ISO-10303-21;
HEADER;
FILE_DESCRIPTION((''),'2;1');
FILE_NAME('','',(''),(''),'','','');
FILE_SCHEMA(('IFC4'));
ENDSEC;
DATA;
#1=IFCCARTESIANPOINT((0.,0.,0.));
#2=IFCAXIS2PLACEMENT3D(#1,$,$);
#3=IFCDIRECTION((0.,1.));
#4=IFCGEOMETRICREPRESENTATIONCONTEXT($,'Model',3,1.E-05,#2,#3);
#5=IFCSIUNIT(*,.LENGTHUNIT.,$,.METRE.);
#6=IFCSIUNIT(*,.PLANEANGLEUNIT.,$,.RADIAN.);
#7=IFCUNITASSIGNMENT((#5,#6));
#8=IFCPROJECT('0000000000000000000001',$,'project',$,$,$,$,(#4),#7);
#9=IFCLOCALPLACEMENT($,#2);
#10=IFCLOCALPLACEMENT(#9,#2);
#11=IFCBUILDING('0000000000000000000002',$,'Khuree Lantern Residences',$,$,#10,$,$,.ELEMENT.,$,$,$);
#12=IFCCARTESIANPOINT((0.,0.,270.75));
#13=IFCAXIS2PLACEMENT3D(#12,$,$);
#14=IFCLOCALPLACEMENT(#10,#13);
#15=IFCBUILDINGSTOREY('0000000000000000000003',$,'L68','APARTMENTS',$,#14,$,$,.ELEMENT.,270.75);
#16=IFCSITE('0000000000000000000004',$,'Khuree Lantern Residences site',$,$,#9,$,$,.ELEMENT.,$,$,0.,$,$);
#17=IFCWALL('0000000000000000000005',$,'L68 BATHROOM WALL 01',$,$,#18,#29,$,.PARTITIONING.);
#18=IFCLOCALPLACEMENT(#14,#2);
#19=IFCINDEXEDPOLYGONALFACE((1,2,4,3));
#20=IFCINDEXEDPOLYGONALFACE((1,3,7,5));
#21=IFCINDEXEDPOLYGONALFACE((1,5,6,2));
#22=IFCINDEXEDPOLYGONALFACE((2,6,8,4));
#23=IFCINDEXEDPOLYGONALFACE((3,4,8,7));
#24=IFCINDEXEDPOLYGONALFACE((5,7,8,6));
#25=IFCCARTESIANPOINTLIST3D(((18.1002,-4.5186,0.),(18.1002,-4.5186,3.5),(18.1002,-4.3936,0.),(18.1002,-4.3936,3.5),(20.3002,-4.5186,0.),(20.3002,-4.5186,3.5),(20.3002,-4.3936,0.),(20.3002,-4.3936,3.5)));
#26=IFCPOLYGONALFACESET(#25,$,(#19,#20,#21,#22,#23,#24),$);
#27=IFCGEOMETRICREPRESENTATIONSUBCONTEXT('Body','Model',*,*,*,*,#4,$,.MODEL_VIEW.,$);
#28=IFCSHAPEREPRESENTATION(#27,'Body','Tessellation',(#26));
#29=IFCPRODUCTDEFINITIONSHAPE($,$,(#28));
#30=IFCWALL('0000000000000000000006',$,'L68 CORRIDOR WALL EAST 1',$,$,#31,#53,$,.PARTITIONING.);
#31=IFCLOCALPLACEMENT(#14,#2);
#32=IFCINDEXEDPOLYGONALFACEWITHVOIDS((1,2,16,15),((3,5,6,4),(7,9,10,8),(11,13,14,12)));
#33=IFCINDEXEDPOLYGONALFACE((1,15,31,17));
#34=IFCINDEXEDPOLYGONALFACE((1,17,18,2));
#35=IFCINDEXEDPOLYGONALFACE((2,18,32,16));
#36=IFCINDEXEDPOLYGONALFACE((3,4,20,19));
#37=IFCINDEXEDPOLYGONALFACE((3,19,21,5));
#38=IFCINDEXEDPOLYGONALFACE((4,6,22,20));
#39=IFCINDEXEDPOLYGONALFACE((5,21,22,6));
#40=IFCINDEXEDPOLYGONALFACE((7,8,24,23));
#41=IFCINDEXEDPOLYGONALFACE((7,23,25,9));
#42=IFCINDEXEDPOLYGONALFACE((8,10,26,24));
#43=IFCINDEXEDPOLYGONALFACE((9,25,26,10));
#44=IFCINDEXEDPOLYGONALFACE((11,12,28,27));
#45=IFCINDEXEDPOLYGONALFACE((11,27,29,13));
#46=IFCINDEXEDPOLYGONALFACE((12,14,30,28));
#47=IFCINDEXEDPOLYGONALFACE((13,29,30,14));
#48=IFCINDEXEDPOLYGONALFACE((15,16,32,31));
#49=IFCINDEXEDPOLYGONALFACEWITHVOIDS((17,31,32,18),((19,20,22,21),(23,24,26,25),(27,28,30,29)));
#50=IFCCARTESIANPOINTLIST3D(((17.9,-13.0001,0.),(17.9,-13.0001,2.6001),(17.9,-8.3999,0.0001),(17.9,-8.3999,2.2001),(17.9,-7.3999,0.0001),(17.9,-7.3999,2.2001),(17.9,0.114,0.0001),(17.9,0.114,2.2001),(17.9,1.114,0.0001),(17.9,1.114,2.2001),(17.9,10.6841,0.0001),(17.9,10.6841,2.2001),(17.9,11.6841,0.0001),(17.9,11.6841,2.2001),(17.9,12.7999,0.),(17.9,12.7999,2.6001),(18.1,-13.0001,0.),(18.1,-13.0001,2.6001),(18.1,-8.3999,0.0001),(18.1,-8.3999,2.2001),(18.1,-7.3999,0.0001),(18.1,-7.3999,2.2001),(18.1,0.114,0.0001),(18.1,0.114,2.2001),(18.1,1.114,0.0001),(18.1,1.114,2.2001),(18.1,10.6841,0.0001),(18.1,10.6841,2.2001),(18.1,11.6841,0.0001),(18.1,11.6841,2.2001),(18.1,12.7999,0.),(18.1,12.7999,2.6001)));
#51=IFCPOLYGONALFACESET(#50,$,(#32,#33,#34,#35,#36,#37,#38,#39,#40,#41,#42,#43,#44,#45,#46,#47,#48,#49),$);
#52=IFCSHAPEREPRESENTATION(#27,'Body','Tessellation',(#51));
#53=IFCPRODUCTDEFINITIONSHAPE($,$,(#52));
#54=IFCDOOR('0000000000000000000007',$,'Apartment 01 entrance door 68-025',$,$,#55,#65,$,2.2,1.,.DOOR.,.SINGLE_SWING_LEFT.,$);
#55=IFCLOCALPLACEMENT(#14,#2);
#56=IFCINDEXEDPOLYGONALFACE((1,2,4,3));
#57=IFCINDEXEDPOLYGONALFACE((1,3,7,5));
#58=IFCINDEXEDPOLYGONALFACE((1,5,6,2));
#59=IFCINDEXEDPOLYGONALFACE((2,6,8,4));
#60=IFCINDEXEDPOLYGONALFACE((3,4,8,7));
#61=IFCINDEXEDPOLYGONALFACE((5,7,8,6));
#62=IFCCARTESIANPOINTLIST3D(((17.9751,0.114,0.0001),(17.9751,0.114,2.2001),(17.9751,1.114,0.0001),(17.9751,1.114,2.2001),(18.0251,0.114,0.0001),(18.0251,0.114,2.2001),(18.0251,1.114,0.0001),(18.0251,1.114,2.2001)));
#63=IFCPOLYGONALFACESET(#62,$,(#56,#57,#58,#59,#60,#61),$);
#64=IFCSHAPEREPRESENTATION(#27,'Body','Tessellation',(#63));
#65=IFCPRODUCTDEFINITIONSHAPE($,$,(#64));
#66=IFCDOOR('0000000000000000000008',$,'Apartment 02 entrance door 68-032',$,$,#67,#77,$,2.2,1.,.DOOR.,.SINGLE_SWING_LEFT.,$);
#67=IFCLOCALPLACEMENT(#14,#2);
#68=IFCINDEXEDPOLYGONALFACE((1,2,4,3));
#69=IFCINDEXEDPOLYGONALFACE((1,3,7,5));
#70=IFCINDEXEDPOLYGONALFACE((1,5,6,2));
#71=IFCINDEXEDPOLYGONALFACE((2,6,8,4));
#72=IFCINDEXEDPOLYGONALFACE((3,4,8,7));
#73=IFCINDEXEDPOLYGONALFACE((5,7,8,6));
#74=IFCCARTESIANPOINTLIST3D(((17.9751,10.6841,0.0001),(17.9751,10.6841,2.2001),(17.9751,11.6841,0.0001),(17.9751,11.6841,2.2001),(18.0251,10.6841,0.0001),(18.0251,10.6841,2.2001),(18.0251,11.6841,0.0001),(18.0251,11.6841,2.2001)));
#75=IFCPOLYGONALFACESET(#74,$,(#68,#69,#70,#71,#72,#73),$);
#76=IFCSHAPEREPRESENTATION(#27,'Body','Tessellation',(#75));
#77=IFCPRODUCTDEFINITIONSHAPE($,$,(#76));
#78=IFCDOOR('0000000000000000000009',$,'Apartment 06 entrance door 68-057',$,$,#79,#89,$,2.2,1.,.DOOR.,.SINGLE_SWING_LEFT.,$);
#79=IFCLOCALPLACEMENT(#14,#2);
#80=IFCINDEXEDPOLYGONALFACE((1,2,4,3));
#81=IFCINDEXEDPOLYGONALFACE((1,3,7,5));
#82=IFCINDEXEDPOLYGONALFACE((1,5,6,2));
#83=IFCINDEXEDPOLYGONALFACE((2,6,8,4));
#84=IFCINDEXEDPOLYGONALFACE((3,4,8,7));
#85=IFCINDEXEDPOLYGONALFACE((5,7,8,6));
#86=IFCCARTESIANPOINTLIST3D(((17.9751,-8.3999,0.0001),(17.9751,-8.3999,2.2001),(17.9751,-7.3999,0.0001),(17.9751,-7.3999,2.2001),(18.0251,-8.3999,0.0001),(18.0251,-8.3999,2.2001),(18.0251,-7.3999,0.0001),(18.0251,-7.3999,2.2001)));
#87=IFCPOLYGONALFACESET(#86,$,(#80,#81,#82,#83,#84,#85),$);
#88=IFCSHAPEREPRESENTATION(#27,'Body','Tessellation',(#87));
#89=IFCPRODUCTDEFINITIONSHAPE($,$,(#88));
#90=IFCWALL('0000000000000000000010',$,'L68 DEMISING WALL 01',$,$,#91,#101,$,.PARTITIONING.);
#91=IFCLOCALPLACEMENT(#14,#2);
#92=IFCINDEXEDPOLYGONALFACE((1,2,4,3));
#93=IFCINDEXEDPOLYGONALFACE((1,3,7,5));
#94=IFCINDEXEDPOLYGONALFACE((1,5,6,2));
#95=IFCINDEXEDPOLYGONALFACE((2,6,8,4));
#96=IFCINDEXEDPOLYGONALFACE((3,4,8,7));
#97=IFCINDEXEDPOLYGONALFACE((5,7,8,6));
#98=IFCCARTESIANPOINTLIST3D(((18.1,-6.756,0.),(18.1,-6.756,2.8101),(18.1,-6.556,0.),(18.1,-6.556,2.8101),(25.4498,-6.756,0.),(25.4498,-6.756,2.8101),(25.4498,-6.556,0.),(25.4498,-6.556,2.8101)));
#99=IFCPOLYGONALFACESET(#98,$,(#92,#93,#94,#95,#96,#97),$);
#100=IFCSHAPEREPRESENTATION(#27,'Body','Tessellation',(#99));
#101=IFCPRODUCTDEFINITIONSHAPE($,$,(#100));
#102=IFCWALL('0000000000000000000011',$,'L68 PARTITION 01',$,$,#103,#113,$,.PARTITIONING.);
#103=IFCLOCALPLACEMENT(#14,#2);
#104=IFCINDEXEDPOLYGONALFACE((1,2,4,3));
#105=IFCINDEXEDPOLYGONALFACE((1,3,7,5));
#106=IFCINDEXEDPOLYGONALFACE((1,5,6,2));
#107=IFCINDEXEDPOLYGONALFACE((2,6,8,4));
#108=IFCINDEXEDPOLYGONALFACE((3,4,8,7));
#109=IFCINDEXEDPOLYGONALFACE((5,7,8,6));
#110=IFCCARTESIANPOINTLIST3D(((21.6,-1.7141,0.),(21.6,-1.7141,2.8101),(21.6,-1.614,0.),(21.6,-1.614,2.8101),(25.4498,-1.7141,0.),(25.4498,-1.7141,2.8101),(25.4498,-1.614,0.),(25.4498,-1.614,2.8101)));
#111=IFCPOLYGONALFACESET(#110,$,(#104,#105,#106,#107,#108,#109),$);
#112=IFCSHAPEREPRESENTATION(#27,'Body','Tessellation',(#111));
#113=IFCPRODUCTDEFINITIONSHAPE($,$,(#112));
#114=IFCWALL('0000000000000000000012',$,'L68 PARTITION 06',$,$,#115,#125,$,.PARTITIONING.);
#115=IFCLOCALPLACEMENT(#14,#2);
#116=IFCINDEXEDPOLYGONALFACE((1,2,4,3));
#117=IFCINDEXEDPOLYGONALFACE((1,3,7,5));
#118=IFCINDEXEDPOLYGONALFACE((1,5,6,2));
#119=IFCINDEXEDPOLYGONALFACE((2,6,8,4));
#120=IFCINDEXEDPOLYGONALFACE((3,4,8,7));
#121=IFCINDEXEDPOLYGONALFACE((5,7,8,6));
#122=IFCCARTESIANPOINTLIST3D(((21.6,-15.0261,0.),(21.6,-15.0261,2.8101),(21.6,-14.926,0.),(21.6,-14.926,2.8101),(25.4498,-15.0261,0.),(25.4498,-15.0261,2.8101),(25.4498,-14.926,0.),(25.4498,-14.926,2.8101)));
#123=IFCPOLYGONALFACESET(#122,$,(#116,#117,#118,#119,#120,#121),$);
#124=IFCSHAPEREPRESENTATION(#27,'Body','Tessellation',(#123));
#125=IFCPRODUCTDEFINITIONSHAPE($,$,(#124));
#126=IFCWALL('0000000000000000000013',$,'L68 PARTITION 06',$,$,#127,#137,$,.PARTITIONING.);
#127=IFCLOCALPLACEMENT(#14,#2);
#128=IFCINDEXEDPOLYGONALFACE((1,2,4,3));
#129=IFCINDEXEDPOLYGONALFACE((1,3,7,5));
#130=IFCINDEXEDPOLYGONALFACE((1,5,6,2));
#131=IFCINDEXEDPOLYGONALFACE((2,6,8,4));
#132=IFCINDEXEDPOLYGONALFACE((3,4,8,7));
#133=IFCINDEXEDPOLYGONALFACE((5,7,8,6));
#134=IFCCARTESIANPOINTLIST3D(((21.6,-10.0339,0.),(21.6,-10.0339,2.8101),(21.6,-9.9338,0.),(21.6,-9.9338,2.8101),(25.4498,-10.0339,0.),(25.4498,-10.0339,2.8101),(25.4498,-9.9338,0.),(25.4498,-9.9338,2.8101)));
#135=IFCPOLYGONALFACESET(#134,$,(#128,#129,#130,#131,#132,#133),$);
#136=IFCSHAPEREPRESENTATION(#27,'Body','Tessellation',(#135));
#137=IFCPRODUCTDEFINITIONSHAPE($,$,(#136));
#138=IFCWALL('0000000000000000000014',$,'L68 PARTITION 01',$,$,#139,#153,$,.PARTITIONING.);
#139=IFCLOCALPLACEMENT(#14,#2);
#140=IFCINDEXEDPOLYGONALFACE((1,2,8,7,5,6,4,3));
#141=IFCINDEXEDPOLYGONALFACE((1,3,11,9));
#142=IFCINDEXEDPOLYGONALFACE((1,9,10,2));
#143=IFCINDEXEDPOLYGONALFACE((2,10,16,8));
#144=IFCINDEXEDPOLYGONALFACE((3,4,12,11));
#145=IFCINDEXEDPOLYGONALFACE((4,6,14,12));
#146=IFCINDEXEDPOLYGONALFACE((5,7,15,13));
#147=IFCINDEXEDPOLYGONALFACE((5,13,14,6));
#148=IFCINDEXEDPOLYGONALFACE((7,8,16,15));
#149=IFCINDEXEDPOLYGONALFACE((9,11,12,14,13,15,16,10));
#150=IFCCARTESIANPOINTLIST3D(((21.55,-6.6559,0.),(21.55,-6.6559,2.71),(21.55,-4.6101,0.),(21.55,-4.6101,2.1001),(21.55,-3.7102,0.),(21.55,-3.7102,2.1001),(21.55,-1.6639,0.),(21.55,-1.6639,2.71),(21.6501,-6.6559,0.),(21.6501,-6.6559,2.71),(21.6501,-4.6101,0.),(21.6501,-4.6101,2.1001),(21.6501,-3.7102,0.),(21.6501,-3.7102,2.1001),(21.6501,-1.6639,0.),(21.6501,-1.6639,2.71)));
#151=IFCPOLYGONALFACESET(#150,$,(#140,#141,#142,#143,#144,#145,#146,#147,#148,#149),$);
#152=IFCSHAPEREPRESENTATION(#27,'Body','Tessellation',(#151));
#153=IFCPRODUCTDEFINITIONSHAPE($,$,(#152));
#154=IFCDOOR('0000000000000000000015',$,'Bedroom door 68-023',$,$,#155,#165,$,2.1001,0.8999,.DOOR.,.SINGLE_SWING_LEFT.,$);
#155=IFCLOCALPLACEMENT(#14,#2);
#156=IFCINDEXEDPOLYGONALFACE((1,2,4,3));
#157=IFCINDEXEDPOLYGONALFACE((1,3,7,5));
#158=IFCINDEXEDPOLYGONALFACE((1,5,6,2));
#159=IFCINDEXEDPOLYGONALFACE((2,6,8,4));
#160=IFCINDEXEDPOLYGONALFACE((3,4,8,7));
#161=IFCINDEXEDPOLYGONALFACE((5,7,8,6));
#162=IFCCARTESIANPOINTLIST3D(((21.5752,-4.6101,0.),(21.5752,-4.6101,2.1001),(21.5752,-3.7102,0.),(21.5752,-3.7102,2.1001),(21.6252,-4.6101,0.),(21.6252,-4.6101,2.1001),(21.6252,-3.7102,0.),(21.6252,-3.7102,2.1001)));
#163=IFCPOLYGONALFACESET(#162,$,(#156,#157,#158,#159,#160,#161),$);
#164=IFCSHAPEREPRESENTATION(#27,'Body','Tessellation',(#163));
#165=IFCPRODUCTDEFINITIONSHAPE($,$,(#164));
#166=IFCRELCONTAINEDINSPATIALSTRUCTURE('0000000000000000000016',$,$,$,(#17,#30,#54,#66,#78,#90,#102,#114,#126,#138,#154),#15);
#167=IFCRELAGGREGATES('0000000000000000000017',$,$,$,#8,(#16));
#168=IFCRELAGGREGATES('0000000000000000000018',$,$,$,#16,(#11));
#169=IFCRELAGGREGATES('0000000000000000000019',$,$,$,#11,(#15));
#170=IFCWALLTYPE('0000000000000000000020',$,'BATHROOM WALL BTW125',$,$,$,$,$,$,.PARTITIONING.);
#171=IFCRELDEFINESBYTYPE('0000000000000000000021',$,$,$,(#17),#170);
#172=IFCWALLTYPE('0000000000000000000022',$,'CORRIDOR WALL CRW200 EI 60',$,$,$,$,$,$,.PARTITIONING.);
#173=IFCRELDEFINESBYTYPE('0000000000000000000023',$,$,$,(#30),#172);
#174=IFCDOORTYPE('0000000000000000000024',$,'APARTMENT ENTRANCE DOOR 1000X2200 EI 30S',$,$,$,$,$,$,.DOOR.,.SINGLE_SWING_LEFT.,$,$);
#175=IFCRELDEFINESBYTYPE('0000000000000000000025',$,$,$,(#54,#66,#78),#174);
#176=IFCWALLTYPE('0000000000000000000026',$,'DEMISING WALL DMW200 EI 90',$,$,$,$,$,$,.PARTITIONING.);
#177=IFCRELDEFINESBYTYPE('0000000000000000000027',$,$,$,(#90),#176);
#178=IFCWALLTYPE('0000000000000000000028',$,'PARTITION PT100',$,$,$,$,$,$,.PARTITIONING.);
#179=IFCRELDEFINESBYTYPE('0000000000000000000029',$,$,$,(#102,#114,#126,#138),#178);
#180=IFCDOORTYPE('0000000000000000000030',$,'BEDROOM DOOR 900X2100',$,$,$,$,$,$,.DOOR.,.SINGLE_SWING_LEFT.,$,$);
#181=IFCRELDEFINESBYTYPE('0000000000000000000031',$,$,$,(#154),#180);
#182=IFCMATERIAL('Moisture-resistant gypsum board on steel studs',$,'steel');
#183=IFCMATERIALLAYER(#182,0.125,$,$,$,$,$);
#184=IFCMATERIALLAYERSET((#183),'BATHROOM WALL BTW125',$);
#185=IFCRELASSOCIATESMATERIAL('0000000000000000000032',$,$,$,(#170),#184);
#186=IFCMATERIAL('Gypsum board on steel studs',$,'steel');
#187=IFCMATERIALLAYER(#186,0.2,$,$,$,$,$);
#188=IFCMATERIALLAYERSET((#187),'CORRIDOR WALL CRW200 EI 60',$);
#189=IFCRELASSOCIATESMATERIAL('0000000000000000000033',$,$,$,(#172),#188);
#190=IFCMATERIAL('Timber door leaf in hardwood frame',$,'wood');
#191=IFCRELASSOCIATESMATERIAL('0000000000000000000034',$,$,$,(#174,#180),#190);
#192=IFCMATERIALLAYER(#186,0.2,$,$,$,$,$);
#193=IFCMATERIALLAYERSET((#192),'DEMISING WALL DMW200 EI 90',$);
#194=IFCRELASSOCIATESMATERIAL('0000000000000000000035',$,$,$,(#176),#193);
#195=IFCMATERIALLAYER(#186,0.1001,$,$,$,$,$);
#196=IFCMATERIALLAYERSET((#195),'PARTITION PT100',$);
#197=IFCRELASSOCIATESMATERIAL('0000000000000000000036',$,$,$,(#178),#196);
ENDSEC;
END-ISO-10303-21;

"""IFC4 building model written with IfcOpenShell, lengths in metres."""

from ifc_helpers import new_model, si_unit, direction, frame, frame_2d, origin, place, context, subcontext, project, spatial, rectangle, extrude, material, layer, layer_set, type_object, element, fill, save


model = new_model("IFC4")

# Units and contexts
model_context = context("Model", 3, precision=1e-05, world=origin(), true_north=direction((0.0, 1.0)))
body_context = subcontext(model_context, "Body", "Model", "MODEL_VIEW")
ifc_project = project(units=[si_unit("LENGTHUNIT", "METRE"), si_unit("PLANEANGLEUNIT", "RADIAN")], contexts=[model_context])

# Site, building, storey
site_placement = place(None, origin())
site = spatial("IfcSite", under=ifc_project, at=site_placement, Name="Khuree Lantern Residences site", CompositionType="ELEMENT", RefElevation=0.0)
building_placement = place(site_placement, origin())
building = spatial("IfcBuilding", under=site, at=building_placement, Name="Khuree Lantern Residences", CompositionType="ELEMENT")
storey_placement = place(building_placement, frame((0.0, 0.0, 270.75)))
storey = spatial("IfcBuildingStorey", under=building, at=storey_placement, Name="L68", Description="APARTMENTS", CompositionType="ELEMENT", Elevation=270.75)

# Shared definitions
ifc_material_1 = material(Name="Moisture-resistant gypsum board on steel studs", Category="steel")
ifc_layer_1 = layer(ifc_material_1, 0.125)
ifc_layer_set_1 = layer_set([ifc_layer_1], Name="BATHROOM WALL BTW125")
wall_type_1 = type_object("IfcWallType", Name="BATHROOM WALL BTW125", PredefinedType="PARTITIONING", material=ifc_layer_set_1)
ifc_material_2 = material(Name="Timber door leaf in hardwood frame", Category="wood")

# Wall
wall_1_placement = place(storey_placement, frame((18.1001, -4.4561, 0.0), z_axis=(0.0, 0.0, 1.0), x_axis=(1.0, 0.0, 0.0)))
element("IfcWall", 1, at=wall_1_placement, inside=storey, type_object=wall_type_1, Name="L68 BATHROOM WALL 01", PredefinedType="PARTITIONING", context=body_context, shape_type="SweptSolid", body=[
    extrude(rectangle(XDim=2.2, YDim=0.125, at=frame_2d((1.1001, 0.0))), origin(), (0.0, 0.0, 1.0), 3.5),
])

# Wall, openings, doors
ifc_material_3 = material(Name="Gypsum board on steel studs", Category="steel")
ifc_layer_2 = layer(ifc_material_3, 0.2)
ifc_layer_set_2 = layer_set([ifc_layer_2], Name="CORRIDOR WALL CRW200 EI 60")
wall_type_2 = type_object("IfcWallType", Name="CORRIDOR WALL CRW200 EI 60", PredefinedType="PARTITIONING", material=ifc_layer_set_2)
wall_2_placement = place(storey_placement, frame((18.0, -13.0, 0.0), z_axis=(0.0, 0.0, 1.0), x_axis=(0.0, 1.0, 0.0)))
wall_2 = element("IfcWall", 2, at=wall_2_placement, inside=storey, type_object=wall_type_2, Name="L68 CORRIDOR WALL EAST 1", PredefinedType="PARTITIONING", context=body_context, shape_type="SweptSolid", body=[
    extrude(rectangle(XDim=25.8, YDim=0.2, at=frame_2d((12.8999, 0.0))), origin(), (0.0, 0.0, 1.0), 2.6001),
])
opening_1_placement = place(wall_2_placement, frame((13.114, 0.0, 0.0)))
opening_1 = element("IfcOpeningElement", 3, at=opening_1_placement, cuts=wall_2, PredefinedType="OPENING", context=body_context, shape_type="SweptSolid", body=[
    extrude(rectangle(XDim=1.0, YDim=2.2, at=frame_2d((0.5, 1.1001))), frame((0.0, 0.1099, 0.0), z_axis=(0.0, -1.0, 0.0), x_axis=(1.0, 0.0, 0.0)), (0.0, 0.0, 1.0), 0.22),
])
opening_2_placement = place(wall_2_placement, frame((23.6841, 0.0, 0.0)))
opening_2 = element("IfcOpeningElement", 4, at=opening_2_placement, cuts=wall_2, PredefinedType="OPENING", context=body_context, shape_type="SweptSolid", body=[
    extrude(rectangle(XDim=1.0, YDim=2.2, at=frame_2d((0.5, 1.1001))), frame((0.0, 0.1099, 0.0), z_axis=(0.0, -1.0, 0.0), x_axis=(1.0, 0.0, 0.0)), (0.0, 0.0, 1.0), 0.22),
])
opening_3_placement = place(wall_2_placement, frame((4.6001, 0.0, 0.0)))
opening_3 = element("IfcOpeningElement", 5, at=opening_3_placement, cuts=wall_2, PredefinedType="OPENING", context=body_context, shape_type="SweptSolid", body=[
    extrude(rectangle(XDim=1.0, YDim=2.2, at=frame_2d((0.5, 1.1001))), frame((0.0, 0.1099, 0.0), z_axis=(0.0, -1.0, 0.0), x_axis=(1.0, 0.0, 0.0)), (0.0, 0.0, 1.0), 0.22),
])
door_type_1 = type_object("IfcDoorType", Name="APARTMENT ENTRANCE DOOR 1000X2200 EI 30S", OperationType="SINGLE_SWING_LEFT", PredefinedType="DOOR", material=ifc_material_2)
door_1_placement = place(opening_1_placement, origin())
door_1 = element("IfcDoor", 6, at=door_1_placement, inside=storey, type_object=door_type_1, Name="Apartment 01 entrance door 68-025", OperationType="SINGLE_SWING_LEFT", OverallHeight=2.2, OverallWidth=1.0, PredefinedType="DOOR", context=body_context, shape_type="SweptSolid", body=[
    extrude(rectangle(XDim=1.0, YDim=2.2, at=frame_2d((0.5, 1.1001))), frame((0.0, 0.0249, 0.0), z_axis=(0.0, -1.0, 0.0), x_axis=(1.0, 0.0, 0.0)), (0.0, 0.0, 1.0), 0.05),
])
fill(opening_1, door_1)
door_2_placement = place(opening_2_placement, origin())
door_2 = element("IfcDoor", 7, at=door_2_placement, inside=storey, type_object=door_type_1, Name="Apartment 02 entrance door 68-032", OperationType="SINGLE_SWING_LEFT", OverallHeight=2.2, OverallWidth=1.0, PredefinedType="DOOR", context=body_context, shape_type="SweptSolid", body=[
    extrude(rectangle(XDim=1.0, YDim=2.2, at=frame_2d((0.5, 1.1001))), frame((0.0, 0.0249, 0.0), z_axis=(0.0, -1.0, 0.0), x_axis=(1.0, 0.0, 0.0)), (0.0, 0.0, 1.0), 0.05),
])
fill(opening_2, door_2)
door_3_placement = place(opening_3_placement, origin())
door_3 = element("IfcDoor", 8, at=door_3_placement, inside=storey, type_object=door_type_1, Name="Apartment 06 entrance door 68-057", OperationType="SINGLE_SWING_LEFT", OverallHeight=2.2, OverallWidth=1.0, PredefinedType="DOOR", context=body_context, shape_type="SweptSolid", body=[
    extrude(rectangle(XDim=1.0, YDim=2.2, at=frame_2d((0.5, 1.1001))), frame((0.0, 0.0249, 0.0), z_axis=(0.0, -1.0, 0.0), x_axis=(1.0, 0.0, 0.0)), (0.0, 0.0, 1.0), 0.05),
])
fill(opening_3, door_3)

# Walls
ifc_layer_3 = layer(ifc_material_3, 0.2)
ifc_layer_set_3 = layer_set([ifc_layer_3], Name="DEMISING WALL DMW200 EI 90")
wall_type_3 = type_object("IfcWallType", Name="DEMISING WALL DMW200 EI 90", PredefinedType="PARTITIONING", material=ifc_layer_set_3)
wall_3_placement = place(storey_placement, frame((18.1001, -6.656, 0.0), z_axis=(0.0, 0.0, 1.0), x_axis=(1.0, 0.0, 0.0)))
element("IfcWall", 9, at=wall_3_placement, inside=storey, type_object=wall_type_3, Name="L68 DEMISING WALL 01", PredefinedType="PARTITIONING", context=body_context, shape_type="SweptSolid", body=[
    extrude(rectangle(XDim=7.3499, YDim=0.2, at=frame_2d((3.6748, 0.0))), origin(), (0.0, 0.0, 1.0), 2.8101),
])
ifc_layer_4 = layer(ifc_material_3, 0.1001)
ifc_layer_set_4 = layer_set([ifc_layer_4], Name="PARTITION PT100")
wall_type_4 = type_object("IfcWallType", Name="PARTITION PT100", PredefinedType="PARTITIONING", material=ifc_layer_set_4)
for number, where, z_axis, x_axis, name in (
    (10, (21.6001, -1.6641, 0.0), (0.0, 0.0, 1.0), (1.0, 0.0, 0.0), "L68 PARTITION 01"),
    (11, (21.6001, -14.9761, 0.0), (0.0, 0.0, 1.0), (1.0, 0.0, 0.0), "L68 PARTITION 06"),
    (12, (21.6001, -9.9839, 0.0), (0.0, 0.0, 1.0), (1.0, 0.0, 0.0), "L68 PARTITION 06"),
):
    element("IfcWall", number, at=place(storey_placement, frame(where, z_axis=z_axis, x_axis=x_axis)), inside=storey, type_object=wall_type_4, Name=name, PredefinedType="PARTITIONING", context=body_context, shape_type="SweptSolid", body=[
        extrude(rectangle(XDim=3.8499, YDim=0.1001, at=frame_2d((1.9248, 0.0))), origin(), (0.0, 0.0, 1.0), 2.8101),
    ])

# Wall, opening, door
wall_4_placement = place(storey_placement, frame((21.6001, -6.656, 0.0), z_axis=(0.0, 0.0, 1.0), x_axis=(0.0, 1.0, 0.0)))
wall_4 = element("IfcWall", 13, at=wall_4_placement, inside=storey, type_object=wall_type_4, Name="L68 PARTITION 01", PredefinedType="PARTITIONING", context=body_context, shape_type="SweptSolid", body=[
    extrude(rectangle(XDim=4.9919, YDim=0.1001, at=frame_2d((2.4961, 0.0))), origin(), (0.0, 0.0, 1.0), 2.71),
])
opening_4_placement = place(wall_4_placement, frame((2.0459, 0.0, 0.0)))
opening_4 = element("IfcOpeningElement", 14, at=opening_4_placement, cuts=wall_4, PredefinedType="OPENING", context=body_context, shape_type="SweptSolid", body=[
    extrude(rectangle(XDim=0.8999, YDim=2.1001, at=frame_2d((0.45, 1.05))), frame((0.0, 0.0601, 0.0), z_axis=(0.0, -1.0, 0.0), x_axis=(1.0, 0.0, 0.0)), (0.0, 0.0, 1.0), 0.1201),
])
door_type_2 = type_object("IfcDoorType", Name="BEDROOM DOOR 900X2100", OperationType="SINGLE_SWING_LEFT", PredefinedType="DOOR", material=ifc_material_2)
door_4_placement = place(opening_4_placement, origin())
door_4 = element("IfcDoor", 15, at=door_4_placement, inside=storey, type_object=door_type_2, Name="Bedroom door 68-023", OperationType="SINGLE_SWING_LEFT", OverallHeight=2.1001, OverallWidth=0.8999, PredefinedType="DOOR", context=body_context, shape_type="SweptSolid", body=[
    extrude(rectangle(XDim=0.8999, YDim=2.1001, at=frame_2d((0.45, 1.05))), frame((0.0, 0.0249, 0.0), z_axis=(0.0, -1.0, 0.0), x_axis=(1.0, 0.0, 0.0)), (0.0, 0.0, 1.0), 0.05),
])
fill(opening_4, door_4)

save(model, "model.ifc")
